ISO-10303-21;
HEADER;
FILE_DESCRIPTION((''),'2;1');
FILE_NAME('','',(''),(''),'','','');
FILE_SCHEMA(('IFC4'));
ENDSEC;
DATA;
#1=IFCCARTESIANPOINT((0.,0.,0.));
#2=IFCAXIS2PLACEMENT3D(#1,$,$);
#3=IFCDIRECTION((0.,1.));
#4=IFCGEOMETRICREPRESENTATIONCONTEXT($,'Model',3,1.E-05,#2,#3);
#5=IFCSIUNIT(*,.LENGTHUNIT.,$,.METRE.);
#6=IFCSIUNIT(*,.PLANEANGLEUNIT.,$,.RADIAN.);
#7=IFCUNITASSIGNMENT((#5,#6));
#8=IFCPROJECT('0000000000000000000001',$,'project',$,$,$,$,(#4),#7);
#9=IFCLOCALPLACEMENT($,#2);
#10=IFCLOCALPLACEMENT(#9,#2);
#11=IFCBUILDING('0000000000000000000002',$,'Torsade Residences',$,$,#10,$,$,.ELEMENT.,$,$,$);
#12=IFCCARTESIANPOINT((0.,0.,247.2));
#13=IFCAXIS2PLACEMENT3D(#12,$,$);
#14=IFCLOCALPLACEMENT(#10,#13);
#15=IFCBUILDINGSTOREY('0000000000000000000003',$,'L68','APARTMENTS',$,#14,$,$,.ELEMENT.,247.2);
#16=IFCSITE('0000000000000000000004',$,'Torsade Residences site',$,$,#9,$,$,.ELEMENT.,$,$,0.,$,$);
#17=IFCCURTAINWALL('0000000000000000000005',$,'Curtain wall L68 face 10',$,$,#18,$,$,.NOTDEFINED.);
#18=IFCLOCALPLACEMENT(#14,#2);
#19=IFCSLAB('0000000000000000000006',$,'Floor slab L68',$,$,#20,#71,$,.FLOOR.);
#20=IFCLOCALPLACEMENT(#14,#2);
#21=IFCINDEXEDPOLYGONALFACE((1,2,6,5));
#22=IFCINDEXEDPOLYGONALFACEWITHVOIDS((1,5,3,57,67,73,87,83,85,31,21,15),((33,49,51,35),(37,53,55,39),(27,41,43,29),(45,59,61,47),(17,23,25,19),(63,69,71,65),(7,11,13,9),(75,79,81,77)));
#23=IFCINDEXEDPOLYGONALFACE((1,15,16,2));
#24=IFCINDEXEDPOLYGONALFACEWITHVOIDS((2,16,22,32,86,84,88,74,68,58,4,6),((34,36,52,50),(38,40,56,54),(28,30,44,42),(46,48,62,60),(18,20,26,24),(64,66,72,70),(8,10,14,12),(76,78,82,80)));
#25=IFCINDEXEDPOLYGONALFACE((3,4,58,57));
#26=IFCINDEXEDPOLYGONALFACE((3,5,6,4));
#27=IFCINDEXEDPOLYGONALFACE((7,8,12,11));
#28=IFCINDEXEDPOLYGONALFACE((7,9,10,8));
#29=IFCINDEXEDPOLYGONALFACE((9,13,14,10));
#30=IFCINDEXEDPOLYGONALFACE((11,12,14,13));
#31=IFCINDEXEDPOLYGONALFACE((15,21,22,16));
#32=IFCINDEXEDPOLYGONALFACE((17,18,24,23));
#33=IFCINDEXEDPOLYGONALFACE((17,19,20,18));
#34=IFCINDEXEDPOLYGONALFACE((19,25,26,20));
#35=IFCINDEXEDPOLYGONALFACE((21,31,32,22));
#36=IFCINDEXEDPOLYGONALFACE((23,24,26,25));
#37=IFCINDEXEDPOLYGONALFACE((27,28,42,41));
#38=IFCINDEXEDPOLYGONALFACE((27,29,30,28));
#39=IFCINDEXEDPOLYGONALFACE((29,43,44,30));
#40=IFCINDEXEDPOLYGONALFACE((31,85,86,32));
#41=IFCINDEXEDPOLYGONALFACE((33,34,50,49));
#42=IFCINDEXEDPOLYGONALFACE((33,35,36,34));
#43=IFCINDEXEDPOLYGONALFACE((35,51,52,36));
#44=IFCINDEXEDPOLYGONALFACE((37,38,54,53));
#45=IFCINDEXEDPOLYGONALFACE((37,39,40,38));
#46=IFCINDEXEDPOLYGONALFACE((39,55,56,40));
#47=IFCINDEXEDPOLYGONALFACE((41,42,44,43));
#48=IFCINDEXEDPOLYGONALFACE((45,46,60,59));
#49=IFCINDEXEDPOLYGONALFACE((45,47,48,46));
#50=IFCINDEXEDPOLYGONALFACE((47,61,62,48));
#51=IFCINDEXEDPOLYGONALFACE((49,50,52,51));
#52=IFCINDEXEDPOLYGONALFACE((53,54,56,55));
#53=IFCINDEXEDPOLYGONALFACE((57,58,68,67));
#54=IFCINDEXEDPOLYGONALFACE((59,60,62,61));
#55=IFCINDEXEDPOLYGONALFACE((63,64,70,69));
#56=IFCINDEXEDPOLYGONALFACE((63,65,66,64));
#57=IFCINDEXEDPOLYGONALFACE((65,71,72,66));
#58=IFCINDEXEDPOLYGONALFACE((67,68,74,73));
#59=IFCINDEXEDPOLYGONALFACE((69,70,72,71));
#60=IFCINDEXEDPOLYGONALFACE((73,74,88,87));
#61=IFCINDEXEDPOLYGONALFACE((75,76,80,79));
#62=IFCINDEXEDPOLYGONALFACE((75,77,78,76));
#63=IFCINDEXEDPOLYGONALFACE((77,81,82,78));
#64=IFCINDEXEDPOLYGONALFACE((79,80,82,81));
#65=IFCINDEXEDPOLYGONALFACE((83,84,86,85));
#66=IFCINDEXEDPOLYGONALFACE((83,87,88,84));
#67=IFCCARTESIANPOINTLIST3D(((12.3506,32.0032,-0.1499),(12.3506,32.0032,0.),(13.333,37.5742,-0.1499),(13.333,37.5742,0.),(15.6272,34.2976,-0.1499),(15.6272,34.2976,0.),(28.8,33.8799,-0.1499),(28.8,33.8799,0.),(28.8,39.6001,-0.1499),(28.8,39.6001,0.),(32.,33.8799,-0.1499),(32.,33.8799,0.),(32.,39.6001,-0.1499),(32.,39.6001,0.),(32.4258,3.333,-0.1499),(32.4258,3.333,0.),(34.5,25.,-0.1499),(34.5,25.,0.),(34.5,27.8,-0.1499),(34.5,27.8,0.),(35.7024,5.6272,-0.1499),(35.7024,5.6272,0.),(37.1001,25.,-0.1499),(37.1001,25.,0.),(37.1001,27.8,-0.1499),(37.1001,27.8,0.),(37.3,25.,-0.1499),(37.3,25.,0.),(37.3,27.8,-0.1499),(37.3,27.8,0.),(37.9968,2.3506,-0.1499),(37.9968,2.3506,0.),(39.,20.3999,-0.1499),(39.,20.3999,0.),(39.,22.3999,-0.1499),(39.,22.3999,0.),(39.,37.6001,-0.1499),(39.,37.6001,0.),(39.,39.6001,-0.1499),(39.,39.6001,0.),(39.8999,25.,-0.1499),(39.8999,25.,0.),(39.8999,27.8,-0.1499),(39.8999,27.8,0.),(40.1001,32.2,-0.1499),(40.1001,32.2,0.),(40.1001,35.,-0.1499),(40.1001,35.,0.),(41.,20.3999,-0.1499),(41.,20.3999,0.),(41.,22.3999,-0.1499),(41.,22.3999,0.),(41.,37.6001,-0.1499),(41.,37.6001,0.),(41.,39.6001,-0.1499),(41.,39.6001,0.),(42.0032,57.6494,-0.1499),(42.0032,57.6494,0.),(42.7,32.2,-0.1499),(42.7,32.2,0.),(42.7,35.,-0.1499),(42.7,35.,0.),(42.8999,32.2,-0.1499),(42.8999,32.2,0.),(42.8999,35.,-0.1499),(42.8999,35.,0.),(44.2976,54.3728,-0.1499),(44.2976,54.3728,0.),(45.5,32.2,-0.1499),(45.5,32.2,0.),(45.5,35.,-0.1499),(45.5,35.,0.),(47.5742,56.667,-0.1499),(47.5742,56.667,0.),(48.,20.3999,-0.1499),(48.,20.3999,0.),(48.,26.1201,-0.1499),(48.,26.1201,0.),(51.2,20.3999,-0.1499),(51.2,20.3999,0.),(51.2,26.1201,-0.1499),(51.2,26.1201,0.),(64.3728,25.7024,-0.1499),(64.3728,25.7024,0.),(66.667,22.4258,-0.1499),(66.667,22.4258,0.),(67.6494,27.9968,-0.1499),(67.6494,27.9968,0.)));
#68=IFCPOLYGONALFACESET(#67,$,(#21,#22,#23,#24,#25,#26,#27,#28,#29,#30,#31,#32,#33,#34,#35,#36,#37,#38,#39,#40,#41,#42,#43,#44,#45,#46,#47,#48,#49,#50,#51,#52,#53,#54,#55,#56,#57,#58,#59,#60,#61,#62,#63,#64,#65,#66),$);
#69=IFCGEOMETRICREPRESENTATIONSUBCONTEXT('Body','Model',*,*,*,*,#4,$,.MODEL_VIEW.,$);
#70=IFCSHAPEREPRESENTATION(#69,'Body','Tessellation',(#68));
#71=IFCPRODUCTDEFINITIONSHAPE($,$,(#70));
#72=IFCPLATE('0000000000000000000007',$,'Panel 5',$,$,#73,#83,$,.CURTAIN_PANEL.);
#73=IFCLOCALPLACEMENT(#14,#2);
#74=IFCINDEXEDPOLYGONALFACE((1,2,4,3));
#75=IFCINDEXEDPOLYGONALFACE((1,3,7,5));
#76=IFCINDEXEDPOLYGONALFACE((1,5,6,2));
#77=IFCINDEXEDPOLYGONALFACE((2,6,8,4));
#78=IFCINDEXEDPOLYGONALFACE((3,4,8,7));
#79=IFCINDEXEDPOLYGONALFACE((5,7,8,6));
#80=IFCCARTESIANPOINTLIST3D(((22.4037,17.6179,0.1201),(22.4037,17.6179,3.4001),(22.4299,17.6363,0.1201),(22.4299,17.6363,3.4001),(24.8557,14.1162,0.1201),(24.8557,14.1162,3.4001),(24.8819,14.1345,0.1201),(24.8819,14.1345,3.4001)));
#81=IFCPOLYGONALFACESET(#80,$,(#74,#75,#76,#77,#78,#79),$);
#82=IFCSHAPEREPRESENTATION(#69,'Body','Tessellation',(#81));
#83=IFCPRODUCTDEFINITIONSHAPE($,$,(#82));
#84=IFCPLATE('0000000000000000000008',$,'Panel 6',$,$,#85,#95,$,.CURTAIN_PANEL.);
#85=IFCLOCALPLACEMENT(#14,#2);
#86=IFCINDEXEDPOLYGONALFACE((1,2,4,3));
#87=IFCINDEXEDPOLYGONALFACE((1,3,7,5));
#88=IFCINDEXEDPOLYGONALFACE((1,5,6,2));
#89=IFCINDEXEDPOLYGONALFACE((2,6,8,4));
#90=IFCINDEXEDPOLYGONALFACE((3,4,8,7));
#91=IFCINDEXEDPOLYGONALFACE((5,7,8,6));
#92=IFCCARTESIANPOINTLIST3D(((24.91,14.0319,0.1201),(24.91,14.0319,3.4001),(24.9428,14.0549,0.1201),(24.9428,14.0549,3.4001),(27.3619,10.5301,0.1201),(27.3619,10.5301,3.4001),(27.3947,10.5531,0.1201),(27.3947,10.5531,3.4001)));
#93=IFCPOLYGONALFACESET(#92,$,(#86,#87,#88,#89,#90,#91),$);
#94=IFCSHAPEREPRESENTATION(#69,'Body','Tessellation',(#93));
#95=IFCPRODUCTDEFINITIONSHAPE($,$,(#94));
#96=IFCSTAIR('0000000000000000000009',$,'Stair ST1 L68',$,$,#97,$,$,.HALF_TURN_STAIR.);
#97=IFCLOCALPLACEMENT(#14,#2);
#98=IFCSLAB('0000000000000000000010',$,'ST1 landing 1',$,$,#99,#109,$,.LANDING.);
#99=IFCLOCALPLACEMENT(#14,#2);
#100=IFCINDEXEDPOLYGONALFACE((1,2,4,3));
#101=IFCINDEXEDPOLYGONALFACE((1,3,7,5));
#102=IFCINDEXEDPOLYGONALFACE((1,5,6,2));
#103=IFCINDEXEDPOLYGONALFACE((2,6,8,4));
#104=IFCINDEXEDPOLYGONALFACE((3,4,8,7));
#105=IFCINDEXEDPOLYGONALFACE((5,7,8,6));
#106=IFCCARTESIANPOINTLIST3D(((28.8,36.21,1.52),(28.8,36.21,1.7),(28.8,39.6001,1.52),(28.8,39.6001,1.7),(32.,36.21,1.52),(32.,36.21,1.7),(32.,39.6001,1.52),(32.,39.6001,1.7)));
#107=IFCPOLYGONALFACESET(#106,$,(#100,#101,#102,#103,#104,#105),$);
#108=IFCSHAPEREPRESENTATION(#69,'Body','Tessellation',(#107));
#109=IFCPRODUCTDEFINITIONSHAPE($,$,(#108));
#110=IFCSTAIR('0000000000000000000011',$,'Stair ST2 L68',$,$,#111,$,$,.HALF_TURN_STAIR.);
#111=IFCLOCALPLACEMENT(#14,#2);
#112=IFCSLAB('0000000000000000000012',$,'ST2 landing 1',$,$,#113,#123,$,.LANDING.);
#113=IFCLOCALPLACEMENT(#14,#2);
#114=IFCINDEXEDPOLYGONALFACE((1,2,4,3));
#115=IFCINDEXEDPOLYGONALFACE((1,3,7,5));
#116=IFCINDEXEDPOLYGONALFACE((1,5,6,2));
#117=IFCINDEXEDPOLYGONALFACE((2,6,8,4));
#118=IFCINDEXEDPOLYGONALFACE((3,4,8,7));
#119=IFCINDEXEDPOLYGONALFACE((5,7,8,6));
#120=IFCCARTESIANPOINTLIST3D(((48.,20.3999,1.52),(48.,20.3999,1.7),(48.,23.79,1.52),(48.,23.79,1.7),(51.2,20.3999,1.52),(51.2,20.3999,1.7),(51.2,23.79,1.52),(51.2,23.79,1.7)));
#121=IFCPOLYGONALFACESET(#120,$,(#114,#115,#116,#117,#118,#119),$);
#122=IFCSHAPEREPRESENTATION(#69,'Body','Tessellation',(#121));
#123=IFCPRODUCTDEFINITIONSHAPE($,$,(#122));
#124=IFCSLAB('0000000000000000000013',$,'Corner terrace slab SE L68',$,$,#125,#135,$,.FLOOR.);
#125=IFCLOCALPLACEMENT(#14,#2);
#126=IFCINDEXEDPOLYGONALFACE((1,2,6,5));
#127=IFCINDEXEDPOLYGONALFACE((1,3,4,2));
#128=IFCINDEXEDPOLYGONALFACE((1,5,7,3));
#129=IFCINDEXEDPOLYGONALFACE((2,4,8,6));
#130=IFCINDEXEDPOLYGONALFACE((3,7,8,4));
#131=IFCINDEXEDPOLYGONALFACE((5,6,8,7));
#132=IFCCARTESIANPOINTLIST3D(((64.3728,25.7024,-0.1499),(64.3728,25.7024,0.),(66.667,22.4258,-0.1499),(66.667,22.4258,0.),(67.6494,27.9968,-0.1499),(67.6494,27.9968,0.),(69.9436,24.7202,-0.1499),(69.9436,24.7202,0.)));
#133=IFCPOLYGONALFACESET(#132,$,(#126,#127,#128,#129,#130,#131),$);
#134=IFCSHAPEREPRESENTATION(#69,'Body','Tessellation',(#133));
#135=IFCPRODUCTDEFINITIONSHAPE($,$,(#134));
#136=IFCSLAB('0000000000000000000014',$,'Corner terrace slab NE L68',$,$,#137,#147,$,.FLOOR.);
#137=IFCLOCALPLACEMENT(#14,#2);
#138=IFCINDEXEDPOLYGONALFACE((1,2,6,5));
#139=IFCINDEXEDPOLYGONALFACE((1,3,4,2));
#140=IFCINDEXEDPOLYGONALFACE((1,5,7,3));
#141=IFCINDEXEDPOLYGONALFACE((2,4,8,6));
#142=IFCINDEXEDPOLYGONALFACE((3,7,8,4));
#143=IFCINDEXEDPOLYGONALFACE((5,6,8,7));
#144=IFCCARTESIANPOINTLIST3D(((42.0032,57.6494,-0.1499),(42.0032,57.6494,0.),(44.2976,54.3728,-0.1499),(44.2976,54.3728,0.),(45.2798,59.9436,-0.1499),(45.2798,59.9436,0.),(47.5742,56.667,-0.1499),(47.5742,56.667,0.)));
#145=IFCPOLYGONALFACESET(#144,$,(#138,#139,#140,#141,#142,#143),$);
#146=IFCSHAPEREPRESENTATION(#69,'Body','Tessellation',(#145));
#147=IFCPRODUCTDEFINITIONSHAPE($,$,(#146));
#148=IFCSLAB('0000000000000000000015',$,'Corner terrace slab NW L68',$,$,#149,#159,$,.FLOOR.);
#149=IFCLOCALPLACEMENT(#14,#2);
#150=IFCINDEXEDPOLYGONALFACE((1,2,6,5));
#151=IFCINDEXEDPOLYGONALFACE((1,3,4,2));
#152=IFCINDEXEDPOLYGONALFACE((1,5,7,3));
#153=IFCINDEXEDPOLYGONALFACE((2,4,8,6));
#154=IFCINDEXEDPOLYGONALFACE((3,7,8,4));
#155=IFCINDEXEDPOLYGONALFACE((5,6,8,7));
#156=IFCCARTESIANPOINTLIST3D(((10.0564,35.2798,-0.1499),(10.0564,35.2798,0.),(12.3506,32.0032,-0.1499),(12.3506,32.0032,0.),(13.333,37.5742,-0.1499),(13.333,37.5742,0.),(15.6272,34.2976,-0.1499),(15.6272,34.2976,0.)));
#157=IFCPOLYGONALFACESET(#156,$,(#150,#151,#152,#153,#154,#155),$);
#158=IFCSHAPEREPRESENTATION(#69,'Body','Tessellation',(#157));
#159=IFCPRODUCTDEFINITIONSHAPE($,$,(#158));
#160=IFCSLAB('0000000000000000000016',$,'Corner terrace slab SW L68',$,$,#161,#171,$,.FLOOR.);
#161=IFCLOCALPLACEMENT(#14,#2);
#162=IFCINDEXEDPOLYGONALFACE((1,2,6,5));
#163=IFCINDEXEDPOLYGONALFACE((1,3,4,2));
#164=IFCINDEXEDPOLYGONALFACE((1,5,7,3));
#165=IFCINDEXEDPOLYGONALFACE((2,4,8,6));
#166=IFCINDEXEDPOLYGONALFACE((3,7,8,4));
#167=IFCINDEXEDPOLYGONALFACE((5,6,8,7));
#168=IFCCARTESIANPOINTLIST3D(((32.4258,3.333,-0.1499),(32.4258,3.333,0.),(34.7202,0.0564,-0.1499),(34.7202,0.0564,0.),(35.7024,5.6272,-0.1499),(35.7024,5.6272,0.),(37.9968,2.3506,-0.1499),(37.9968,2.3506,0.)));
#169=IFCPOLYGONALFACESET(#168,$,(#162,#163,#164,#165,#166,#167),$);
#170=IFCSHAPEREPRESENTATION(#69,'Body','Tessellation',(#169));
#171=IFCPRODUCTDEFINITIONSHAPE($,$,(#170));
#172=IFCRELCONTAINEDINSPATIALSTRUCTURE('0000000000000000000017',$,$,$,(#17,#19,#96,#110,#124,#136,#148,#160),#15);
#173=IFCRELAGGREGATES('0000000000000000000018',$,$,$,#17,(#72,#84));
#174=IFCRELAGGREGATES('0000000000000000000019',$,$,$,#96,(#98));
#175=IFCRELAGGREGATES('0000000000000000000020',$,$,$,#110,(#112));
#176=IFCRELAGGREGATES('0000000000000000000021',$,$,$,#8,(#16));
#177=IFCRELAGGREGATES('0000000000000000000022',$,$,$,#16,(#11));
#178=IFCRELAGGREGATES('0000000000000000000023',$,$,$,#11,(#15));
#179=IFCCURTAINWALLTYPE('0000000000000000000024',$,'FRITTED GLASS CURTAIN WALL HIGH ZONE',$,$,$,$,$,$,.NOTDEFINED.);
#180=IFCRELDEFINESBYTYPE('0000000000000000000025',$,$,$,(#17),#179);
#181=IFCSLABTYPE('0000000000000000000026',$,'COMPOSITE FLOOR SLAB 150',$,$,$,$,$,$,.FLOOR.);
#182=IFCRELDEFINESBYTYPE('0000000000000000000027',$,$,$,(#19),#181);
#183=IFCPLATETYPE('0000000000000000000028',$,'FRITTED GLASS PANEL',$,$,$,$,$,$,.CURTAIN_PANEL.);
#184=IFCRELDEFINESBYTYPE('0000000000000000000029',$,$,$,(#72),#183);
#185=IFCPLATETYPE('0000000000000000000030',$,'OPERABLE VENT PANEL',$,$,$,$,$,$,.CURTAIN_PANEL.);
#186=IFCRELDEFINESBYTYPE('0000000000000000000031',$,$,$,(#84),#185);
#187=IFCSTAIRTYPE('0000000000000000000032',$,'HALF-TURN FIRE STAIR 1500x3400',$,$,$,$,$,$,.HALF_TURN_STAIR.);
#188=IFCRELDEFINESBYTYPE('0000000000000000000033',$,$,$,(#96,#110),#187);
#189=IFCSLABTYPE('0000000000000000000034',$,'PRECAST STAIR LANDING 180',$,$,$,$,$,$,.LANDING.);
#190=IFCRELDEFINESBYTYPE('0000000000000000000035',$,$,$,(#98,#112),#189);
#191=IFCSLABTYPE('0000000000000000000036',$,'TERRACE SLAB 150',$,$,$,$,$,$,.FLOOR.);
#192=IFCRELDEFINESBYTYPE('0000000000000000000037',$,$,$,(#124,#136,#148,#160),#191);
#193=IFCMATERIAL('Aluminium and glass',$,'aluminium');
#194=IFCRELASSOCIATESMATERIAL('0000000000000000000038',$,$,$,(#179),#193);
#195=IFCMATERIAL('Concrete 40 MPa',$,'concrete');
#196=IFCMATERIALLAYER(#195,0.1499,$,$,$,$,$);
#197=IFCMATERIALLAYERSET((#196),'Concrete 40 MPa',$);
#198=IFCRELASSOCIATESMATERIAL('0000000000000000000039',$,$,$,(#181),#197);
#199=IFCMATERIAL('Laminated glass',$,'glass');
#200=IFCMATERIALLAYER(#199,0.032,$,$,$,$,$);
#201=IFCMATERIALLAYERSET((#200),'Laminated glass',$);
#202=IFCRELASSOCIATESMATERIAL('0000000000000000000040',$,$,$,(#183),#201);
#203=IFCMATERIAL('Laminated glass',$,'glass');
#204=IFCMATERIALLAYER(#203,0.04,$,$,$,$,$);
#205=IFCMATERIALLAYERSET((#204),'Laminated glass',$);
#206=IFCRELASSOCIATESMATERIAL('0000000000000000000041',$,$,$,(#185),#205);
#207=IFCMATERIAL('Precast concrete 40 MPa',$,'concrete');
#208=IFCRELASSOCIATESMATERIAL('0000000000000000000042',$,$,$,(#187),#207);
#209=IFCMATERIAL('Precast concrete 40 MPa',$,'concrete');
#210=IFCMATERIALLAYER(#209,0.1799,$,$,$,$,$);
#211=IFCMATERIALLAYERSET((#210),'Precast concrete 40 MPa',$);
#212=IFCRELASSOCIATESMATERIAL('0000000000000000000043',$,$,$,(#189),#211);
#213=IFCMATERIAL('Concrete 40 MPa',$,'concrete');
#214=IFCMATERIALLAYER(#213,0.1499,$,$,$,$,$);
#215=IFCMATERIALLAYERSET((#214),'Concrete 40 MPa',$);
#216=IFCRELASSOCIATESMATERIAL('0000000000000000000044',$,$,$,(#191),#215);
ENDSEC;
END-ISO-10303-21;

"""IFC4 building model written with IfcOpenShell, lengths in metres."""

from ifc_helpers import new_model, si_unit, direction, frame, origin, origin_2d, place, context, subcontext, project, spatial, polyline, rectangle, outline, extrude, material, layer, layer_set, type_object, element, aggregate, save


model = new_model("IFC4")

# Units and contexts
model_context = context("Model", 3, precision=1e-05, world=origin(), true_north=direction((0.0, 1.0)))
body_context = subcontext(model_context, "Body", "Model", "MODEL_VIEW")
ifc_project = project(units=[si_unit("LENGTHUNIT", "METRE"), si_unit("PLANEANGLEUNIT", "RADIAN")], contexts=[model_context])

# Site, building, storey
site_placement = place(None, origin())
site = spatial("IfcSite", under=ifc_project, at=site_placement, Name="Torsade Residences site", CompositionType="ELEMENT", RefElevation=0.0)
building_placement = place(site_placement, origin())
building = spatial("IfcBuilding", under=site, at=building_placement, Name="Torsade Residences", CompositionType="ELEMENT")
storey_placement = place(building_placement, frame((0.0, 0.0, 247.2)))
storey = spatial("IfcBuildingStorey", under=building, at=storey_placement, Name="L68", Description="APARTMENTS", CompositionType="ELEMENT", Elevation=247.2)

# Curtain wall
ifc_material_1 = material(Name="Aluminium and glass", Category="aluminium")
curtain_wall_type = type_object("IfcCurtainWallType", Name="FRITTED GLASS CURTAIN WALL HIGH ZONE", PredefinedType="NOTDEFINED", material=ifc_material_1)
curtain_wall_placement = place(storey_placement, origin())
curtain_wall = element("IfcCurtainWall", 1, at=curtain_wall_placement, inside=storey, type_object=curtain_wall_type, Name="Curtain wall L68 face 10", PredefinedType="NOTDEFINED")

# Slab
ifc_material_2 = material(Name="Concrete 40 MPa", Category="concrete")
ifc_layer_1 = layer(ifc_material_2, 0.1499)
ifc_layer_set_1 = layer_set([ifc_layer_1], Name="Concrete 40 MPa")
slab_type_1 = type_object("IfcSlabType", Name="COMPOSITE FLOOR SLAB 150", PredefinedType="FLOOR", material=ifc_layer_set_1)
slab_1_placement = place(storey_placement, frame((0.0, 0.0, -0.1499)))
element("IfcSlab", 2, at=slab_1_placement, inside=storey, type_object=slab_type_1, Name="Floor slab L68", PredefinedType="FLOOR", context=body_context, shape_type="SweptSolid", body=[
    extrude(outline(polyline([(37.9968, 2.3506), (66.667, 22.4258), (64.3728, 25.7024), (67.6494, 27.9968), (47.5742, 56.667), (44.2976, 54.3728), (42.0032, 57.6494), (13.333, 37.5742), (15.6272, 34.2976), (12.3506, 32.0032), (32.4258, 3.333), (35.7024, 5.6272), (37.9968, 2.3506)]), holes=[polyline([(51.2, 26.1201), (48.0, 26.1201), (48.0, 20.3999), (51.2, 20.3999), (51.2, 26.1201)]), polyline([(45.5, 35.0), (42.8999, 35.0), (42.8999, 32.2), (45.5, 32.2), (45.5, 35.0)]), polyline([(42.7, 35.0), (40.1001, 35.0), (40.1001, 32.2), (42.7, 32.2), (42.7, 35.0)]), polyline([(41.0, 22.3999), (39.0, 22.3999), (39.0, 20.3999), (41.0, 20.3999), (41.0, 22.3999)]), polyline([(41.0, 39.6001), (39.0, 39.6001), (39.0, 37.6001), (41.0, 37.6001), (41.0, 39.6001)]), polyline([(39.8999, 27.8), (37.3, 27.8), (37.3, 25.0), (39.8999, 25.0), (39.8999, 27.8)]), polyline([(37.1001, 27.8), (34.5, 27.8), (34.5, 25.0), (37.1001, 25.0), (37.1001, 27.8)]), polyline([(32.0, 39.6001), (28.8, 39.6001), (28.8, 33.8799), (32.0, 33.8799), (32.0, 39.6001)])]), origin(), (0.0, 0.0, 1.0), 0.1499),
])

# Plates
ifc_material_3 = material(Name="Laminated glass", Category="glass")
ifc_layer_2 = layer(ifc_material_3, 0.032)
ifc_layer_set_2 = layer_set([ifc_layer_2], Name="Laminated glass")
plate_type_1 = type_object("IfcPlateType", Name="FRITTED GLASS PANEL", PredefinedType="CURTAIN_PANEL", material=ifc_layer_set_2)
plate_1_placement = place(storey_placement, frame((23.6428, 15.8762, 0.1201), z_axis=(0.0, 0.0, 1.0), x_axis=(0.573576, -0.819152, 0.0)))
plate_1 = element("IfcPlate", 3, at=plate_1_placement, type_object=plate_type_1, Name="Panel 5", PredefinedType="CURTAIN_PANEL", context=body_context, shape_type="SweptSolid", body=[
    extrude(rectangle(XDim=4.2749, YDim=0.032, at=origin_2d()), origin(), (0.0, 0.0, 1.0), 3.28),
])
ifc_material_4 = material(Name="Laminated glass", Category="glass")
ifc_layer_3 = layer(ifc_material_4, 0.04)
ifc_layer_set_3 = layer_set([ifc_layer_3], Name="Laminated glass")
plate_type_2 = type_object("IfcPlateType", Name="OPERABLE VENT PANEL", PredefinedType="CURTAIN_PANEL", material=ifc_layer_set_3)
plate_2_placement = place(storey_placement, frame((26.1523, 12.2925, 0.1201), z_axis=(0.0, 0.0, 1.0), x_axis=(0.573576, -0.819152, 0.0)))
plate_2 = element("IfcPlate", 4, at=plate_2_placement, type_object=plate_type_2, Name="Panel 6", PredefinedType="CURTAIN_PANEL", context=body_context, shape_type="SweptSolid", body=[
    extrude(rectangle(XDim=4.2749, YDim=0.04, at=origin_2d()), origin(), (0.0, 0.0, 1.0), 3.28),
])
aggregate(curtain_wall, [plate_1, plate_2])

# Stairs, slabs
ifc_material_5 = material(Name="Precast concrete 40 MPa", Category="concrete")
stair_type = type_object("IfcStairType", Name="HALF-TURN FIRE STAIR 1500x3400", PredefinedType="HALF_TURN_STAIR", material=ifc_material_5)
stair_1_placement = place(storey_placement, origin())
stair_1 = element("IfcStair", 5, at=stair_1_placement, inside=storey, type_object=stair_type, Name="Stair ST1 L68", PredefinedType="HALF_TURN_STAIR")
ifc_material_6 = material(Name="Precast concrete 40 MPa", Category="concrete")
ifc_layer_4 = layer(ifc_material_6, 0.1799)
ifc_layer_set_4 = layer_set([ifc_layer_4], Name="Precast concrete 40 MPa")
slab_type_2 = type_object("IfcSlabType", Name="PRECAST STAIR LANDING 180", PredefinedType="LANDING", material=ifc_layer_set_4)
slab_2_placement = place(storey_placement, frame((0.0, 0.0, 1.52)))
slab_2 = element("IfcSlab", 6, at=slab_2_placement, type_object=slab_type_2, Name="ST1 landing 1", PredefinedType="LANDING", context=body_context, shape_type="SweptSolid", body=[
    extrude(outline(polyline([(28.8, 36.21), (32.0, 36.21), (32.0, 39.6001), (28.8, 39.6001), (28.8, 36.21)])), origin(), (0.0, 0.0, 1.0), 0.1799),
])
aggregate(stair_1, [slab_2])
stair_2_placement = place(storey_placement, origin())
stair_2 = element("IfcStair", 7, at=stair_2_placement, inside=storey, type_object=stair_type, Name="Stair ST2 L68", PredefinedType="HALF_TURN_STAIR")
slab_3_placement = place(storey_placement, frame((0.0, 0.0, 1.52)))
slab_3 = element("IfcSlab", 8, at=slab_3_placement, type_object=slab_type_2, Name="ST2 landing 1", PredefinedType="LANDING", context=body_context, shape_type="SweptSolid", body=[
    extrude(outline(polyline([(48.0, 20.3999), (51.2, 20.3999), (51.2, 23.79), (48.0, 23.79), (48.0, 20.3999)])), origin(), (0.0, 0.0, 1.0), 0.1799),
])
aggregate(stair_2, [slab_3])

# Slabs
ifc_material_7 = material(Name="Concrete 40 MPa", Category="concrete")
ifc_layer_5 = layer(ifc_material_7, 0.1499)
ifc_layer_set_5 = layer_set([ifc_layer_5], Name="Concrete 40 MPa")
slab_type_3 = type_object("IfcSlabType", Name="TERRACE SLAB 150", PredefinedType="FLOOR", material=ifc_layer_set_5)
slab_4_placement = place(storey_placement, frame((0.0, 0.0, -0.1499)))
element("IfcSlab", 9, at=slab_4_placement, inside=storey, type_object=slab_type_3, Name="Corner terrace slab SE L68", PredefinedType="FLOOR", context=body_context, shape_type="SweptSolid", body=[
    extrude(outline(polyline([(66.667, 22.4258), (69.9436, 24.7202), (67.6494, 27.9968), (64.3728, 25.7024), (66.667, 22.4258)])), origin(), (0.0, 0.0, 1.0), 0.1499),
])
slab_5_placement = place(storey_placement, frame((0.0, 0.0, -0.1499)))
element("IfcSlab", 10, at=slab_5_placement, inside=storey, type_object=slab_type_3, Name="Corner terrace slab NE L68", PredefinedType="FLOOR", context=body_context, shape_type="SweptSolid", body=[
    extrude(outline(polyline([(44.2976, 54.3728), (47.5742, 56.667), (45.2798, 59.9436), (42.0032, 57.6494), (44.2976, 54.3728)])), origin(), (0.0, 0.0, 1.0), 0.1499),
])
slab_6_placement = place(storey_placement, frame((0.0, 0.0, -0.1499)))
element("IfcSlab", 11, at=slab_6_placement, inside=storey, type_object=slab_type_3, Name="Corner terrace slab NW L68", PredefinedType="FLOOR", context=body_context, shape_type="SweptSolid", body=[
    extrude(outline(polyline([(12.3506, 32.0032), (15.6272, 34.2976), (13.333, 37.5742), (10.0564, 35.2798), (12.3506, 32.0032)])), origin(), (0.0, 0.0, 1.0), 0.1499),
])
slab_7_placement = place(storey_placement, frame((0.0, 0.0, -0.1499)))
element("IfcSlab", 12, at=slab_7_placement, inside=storey, type_object=slab_type_3, Name="Corner terrace slab SW L68", PredefinedType="FLOOR", context=body_context, shape_type="SweptSolid", body=[
    extrude(outline(polyline([(34.7202, 0.0564), (37.9968, 2.3506), (35.7024, 5.6272), (32.4258, 3.333), (34.7202, 0.0564)])), origin(), (0.0, 0.0, 1.0), 0.1499),
])

save(model, "model.ifc")
